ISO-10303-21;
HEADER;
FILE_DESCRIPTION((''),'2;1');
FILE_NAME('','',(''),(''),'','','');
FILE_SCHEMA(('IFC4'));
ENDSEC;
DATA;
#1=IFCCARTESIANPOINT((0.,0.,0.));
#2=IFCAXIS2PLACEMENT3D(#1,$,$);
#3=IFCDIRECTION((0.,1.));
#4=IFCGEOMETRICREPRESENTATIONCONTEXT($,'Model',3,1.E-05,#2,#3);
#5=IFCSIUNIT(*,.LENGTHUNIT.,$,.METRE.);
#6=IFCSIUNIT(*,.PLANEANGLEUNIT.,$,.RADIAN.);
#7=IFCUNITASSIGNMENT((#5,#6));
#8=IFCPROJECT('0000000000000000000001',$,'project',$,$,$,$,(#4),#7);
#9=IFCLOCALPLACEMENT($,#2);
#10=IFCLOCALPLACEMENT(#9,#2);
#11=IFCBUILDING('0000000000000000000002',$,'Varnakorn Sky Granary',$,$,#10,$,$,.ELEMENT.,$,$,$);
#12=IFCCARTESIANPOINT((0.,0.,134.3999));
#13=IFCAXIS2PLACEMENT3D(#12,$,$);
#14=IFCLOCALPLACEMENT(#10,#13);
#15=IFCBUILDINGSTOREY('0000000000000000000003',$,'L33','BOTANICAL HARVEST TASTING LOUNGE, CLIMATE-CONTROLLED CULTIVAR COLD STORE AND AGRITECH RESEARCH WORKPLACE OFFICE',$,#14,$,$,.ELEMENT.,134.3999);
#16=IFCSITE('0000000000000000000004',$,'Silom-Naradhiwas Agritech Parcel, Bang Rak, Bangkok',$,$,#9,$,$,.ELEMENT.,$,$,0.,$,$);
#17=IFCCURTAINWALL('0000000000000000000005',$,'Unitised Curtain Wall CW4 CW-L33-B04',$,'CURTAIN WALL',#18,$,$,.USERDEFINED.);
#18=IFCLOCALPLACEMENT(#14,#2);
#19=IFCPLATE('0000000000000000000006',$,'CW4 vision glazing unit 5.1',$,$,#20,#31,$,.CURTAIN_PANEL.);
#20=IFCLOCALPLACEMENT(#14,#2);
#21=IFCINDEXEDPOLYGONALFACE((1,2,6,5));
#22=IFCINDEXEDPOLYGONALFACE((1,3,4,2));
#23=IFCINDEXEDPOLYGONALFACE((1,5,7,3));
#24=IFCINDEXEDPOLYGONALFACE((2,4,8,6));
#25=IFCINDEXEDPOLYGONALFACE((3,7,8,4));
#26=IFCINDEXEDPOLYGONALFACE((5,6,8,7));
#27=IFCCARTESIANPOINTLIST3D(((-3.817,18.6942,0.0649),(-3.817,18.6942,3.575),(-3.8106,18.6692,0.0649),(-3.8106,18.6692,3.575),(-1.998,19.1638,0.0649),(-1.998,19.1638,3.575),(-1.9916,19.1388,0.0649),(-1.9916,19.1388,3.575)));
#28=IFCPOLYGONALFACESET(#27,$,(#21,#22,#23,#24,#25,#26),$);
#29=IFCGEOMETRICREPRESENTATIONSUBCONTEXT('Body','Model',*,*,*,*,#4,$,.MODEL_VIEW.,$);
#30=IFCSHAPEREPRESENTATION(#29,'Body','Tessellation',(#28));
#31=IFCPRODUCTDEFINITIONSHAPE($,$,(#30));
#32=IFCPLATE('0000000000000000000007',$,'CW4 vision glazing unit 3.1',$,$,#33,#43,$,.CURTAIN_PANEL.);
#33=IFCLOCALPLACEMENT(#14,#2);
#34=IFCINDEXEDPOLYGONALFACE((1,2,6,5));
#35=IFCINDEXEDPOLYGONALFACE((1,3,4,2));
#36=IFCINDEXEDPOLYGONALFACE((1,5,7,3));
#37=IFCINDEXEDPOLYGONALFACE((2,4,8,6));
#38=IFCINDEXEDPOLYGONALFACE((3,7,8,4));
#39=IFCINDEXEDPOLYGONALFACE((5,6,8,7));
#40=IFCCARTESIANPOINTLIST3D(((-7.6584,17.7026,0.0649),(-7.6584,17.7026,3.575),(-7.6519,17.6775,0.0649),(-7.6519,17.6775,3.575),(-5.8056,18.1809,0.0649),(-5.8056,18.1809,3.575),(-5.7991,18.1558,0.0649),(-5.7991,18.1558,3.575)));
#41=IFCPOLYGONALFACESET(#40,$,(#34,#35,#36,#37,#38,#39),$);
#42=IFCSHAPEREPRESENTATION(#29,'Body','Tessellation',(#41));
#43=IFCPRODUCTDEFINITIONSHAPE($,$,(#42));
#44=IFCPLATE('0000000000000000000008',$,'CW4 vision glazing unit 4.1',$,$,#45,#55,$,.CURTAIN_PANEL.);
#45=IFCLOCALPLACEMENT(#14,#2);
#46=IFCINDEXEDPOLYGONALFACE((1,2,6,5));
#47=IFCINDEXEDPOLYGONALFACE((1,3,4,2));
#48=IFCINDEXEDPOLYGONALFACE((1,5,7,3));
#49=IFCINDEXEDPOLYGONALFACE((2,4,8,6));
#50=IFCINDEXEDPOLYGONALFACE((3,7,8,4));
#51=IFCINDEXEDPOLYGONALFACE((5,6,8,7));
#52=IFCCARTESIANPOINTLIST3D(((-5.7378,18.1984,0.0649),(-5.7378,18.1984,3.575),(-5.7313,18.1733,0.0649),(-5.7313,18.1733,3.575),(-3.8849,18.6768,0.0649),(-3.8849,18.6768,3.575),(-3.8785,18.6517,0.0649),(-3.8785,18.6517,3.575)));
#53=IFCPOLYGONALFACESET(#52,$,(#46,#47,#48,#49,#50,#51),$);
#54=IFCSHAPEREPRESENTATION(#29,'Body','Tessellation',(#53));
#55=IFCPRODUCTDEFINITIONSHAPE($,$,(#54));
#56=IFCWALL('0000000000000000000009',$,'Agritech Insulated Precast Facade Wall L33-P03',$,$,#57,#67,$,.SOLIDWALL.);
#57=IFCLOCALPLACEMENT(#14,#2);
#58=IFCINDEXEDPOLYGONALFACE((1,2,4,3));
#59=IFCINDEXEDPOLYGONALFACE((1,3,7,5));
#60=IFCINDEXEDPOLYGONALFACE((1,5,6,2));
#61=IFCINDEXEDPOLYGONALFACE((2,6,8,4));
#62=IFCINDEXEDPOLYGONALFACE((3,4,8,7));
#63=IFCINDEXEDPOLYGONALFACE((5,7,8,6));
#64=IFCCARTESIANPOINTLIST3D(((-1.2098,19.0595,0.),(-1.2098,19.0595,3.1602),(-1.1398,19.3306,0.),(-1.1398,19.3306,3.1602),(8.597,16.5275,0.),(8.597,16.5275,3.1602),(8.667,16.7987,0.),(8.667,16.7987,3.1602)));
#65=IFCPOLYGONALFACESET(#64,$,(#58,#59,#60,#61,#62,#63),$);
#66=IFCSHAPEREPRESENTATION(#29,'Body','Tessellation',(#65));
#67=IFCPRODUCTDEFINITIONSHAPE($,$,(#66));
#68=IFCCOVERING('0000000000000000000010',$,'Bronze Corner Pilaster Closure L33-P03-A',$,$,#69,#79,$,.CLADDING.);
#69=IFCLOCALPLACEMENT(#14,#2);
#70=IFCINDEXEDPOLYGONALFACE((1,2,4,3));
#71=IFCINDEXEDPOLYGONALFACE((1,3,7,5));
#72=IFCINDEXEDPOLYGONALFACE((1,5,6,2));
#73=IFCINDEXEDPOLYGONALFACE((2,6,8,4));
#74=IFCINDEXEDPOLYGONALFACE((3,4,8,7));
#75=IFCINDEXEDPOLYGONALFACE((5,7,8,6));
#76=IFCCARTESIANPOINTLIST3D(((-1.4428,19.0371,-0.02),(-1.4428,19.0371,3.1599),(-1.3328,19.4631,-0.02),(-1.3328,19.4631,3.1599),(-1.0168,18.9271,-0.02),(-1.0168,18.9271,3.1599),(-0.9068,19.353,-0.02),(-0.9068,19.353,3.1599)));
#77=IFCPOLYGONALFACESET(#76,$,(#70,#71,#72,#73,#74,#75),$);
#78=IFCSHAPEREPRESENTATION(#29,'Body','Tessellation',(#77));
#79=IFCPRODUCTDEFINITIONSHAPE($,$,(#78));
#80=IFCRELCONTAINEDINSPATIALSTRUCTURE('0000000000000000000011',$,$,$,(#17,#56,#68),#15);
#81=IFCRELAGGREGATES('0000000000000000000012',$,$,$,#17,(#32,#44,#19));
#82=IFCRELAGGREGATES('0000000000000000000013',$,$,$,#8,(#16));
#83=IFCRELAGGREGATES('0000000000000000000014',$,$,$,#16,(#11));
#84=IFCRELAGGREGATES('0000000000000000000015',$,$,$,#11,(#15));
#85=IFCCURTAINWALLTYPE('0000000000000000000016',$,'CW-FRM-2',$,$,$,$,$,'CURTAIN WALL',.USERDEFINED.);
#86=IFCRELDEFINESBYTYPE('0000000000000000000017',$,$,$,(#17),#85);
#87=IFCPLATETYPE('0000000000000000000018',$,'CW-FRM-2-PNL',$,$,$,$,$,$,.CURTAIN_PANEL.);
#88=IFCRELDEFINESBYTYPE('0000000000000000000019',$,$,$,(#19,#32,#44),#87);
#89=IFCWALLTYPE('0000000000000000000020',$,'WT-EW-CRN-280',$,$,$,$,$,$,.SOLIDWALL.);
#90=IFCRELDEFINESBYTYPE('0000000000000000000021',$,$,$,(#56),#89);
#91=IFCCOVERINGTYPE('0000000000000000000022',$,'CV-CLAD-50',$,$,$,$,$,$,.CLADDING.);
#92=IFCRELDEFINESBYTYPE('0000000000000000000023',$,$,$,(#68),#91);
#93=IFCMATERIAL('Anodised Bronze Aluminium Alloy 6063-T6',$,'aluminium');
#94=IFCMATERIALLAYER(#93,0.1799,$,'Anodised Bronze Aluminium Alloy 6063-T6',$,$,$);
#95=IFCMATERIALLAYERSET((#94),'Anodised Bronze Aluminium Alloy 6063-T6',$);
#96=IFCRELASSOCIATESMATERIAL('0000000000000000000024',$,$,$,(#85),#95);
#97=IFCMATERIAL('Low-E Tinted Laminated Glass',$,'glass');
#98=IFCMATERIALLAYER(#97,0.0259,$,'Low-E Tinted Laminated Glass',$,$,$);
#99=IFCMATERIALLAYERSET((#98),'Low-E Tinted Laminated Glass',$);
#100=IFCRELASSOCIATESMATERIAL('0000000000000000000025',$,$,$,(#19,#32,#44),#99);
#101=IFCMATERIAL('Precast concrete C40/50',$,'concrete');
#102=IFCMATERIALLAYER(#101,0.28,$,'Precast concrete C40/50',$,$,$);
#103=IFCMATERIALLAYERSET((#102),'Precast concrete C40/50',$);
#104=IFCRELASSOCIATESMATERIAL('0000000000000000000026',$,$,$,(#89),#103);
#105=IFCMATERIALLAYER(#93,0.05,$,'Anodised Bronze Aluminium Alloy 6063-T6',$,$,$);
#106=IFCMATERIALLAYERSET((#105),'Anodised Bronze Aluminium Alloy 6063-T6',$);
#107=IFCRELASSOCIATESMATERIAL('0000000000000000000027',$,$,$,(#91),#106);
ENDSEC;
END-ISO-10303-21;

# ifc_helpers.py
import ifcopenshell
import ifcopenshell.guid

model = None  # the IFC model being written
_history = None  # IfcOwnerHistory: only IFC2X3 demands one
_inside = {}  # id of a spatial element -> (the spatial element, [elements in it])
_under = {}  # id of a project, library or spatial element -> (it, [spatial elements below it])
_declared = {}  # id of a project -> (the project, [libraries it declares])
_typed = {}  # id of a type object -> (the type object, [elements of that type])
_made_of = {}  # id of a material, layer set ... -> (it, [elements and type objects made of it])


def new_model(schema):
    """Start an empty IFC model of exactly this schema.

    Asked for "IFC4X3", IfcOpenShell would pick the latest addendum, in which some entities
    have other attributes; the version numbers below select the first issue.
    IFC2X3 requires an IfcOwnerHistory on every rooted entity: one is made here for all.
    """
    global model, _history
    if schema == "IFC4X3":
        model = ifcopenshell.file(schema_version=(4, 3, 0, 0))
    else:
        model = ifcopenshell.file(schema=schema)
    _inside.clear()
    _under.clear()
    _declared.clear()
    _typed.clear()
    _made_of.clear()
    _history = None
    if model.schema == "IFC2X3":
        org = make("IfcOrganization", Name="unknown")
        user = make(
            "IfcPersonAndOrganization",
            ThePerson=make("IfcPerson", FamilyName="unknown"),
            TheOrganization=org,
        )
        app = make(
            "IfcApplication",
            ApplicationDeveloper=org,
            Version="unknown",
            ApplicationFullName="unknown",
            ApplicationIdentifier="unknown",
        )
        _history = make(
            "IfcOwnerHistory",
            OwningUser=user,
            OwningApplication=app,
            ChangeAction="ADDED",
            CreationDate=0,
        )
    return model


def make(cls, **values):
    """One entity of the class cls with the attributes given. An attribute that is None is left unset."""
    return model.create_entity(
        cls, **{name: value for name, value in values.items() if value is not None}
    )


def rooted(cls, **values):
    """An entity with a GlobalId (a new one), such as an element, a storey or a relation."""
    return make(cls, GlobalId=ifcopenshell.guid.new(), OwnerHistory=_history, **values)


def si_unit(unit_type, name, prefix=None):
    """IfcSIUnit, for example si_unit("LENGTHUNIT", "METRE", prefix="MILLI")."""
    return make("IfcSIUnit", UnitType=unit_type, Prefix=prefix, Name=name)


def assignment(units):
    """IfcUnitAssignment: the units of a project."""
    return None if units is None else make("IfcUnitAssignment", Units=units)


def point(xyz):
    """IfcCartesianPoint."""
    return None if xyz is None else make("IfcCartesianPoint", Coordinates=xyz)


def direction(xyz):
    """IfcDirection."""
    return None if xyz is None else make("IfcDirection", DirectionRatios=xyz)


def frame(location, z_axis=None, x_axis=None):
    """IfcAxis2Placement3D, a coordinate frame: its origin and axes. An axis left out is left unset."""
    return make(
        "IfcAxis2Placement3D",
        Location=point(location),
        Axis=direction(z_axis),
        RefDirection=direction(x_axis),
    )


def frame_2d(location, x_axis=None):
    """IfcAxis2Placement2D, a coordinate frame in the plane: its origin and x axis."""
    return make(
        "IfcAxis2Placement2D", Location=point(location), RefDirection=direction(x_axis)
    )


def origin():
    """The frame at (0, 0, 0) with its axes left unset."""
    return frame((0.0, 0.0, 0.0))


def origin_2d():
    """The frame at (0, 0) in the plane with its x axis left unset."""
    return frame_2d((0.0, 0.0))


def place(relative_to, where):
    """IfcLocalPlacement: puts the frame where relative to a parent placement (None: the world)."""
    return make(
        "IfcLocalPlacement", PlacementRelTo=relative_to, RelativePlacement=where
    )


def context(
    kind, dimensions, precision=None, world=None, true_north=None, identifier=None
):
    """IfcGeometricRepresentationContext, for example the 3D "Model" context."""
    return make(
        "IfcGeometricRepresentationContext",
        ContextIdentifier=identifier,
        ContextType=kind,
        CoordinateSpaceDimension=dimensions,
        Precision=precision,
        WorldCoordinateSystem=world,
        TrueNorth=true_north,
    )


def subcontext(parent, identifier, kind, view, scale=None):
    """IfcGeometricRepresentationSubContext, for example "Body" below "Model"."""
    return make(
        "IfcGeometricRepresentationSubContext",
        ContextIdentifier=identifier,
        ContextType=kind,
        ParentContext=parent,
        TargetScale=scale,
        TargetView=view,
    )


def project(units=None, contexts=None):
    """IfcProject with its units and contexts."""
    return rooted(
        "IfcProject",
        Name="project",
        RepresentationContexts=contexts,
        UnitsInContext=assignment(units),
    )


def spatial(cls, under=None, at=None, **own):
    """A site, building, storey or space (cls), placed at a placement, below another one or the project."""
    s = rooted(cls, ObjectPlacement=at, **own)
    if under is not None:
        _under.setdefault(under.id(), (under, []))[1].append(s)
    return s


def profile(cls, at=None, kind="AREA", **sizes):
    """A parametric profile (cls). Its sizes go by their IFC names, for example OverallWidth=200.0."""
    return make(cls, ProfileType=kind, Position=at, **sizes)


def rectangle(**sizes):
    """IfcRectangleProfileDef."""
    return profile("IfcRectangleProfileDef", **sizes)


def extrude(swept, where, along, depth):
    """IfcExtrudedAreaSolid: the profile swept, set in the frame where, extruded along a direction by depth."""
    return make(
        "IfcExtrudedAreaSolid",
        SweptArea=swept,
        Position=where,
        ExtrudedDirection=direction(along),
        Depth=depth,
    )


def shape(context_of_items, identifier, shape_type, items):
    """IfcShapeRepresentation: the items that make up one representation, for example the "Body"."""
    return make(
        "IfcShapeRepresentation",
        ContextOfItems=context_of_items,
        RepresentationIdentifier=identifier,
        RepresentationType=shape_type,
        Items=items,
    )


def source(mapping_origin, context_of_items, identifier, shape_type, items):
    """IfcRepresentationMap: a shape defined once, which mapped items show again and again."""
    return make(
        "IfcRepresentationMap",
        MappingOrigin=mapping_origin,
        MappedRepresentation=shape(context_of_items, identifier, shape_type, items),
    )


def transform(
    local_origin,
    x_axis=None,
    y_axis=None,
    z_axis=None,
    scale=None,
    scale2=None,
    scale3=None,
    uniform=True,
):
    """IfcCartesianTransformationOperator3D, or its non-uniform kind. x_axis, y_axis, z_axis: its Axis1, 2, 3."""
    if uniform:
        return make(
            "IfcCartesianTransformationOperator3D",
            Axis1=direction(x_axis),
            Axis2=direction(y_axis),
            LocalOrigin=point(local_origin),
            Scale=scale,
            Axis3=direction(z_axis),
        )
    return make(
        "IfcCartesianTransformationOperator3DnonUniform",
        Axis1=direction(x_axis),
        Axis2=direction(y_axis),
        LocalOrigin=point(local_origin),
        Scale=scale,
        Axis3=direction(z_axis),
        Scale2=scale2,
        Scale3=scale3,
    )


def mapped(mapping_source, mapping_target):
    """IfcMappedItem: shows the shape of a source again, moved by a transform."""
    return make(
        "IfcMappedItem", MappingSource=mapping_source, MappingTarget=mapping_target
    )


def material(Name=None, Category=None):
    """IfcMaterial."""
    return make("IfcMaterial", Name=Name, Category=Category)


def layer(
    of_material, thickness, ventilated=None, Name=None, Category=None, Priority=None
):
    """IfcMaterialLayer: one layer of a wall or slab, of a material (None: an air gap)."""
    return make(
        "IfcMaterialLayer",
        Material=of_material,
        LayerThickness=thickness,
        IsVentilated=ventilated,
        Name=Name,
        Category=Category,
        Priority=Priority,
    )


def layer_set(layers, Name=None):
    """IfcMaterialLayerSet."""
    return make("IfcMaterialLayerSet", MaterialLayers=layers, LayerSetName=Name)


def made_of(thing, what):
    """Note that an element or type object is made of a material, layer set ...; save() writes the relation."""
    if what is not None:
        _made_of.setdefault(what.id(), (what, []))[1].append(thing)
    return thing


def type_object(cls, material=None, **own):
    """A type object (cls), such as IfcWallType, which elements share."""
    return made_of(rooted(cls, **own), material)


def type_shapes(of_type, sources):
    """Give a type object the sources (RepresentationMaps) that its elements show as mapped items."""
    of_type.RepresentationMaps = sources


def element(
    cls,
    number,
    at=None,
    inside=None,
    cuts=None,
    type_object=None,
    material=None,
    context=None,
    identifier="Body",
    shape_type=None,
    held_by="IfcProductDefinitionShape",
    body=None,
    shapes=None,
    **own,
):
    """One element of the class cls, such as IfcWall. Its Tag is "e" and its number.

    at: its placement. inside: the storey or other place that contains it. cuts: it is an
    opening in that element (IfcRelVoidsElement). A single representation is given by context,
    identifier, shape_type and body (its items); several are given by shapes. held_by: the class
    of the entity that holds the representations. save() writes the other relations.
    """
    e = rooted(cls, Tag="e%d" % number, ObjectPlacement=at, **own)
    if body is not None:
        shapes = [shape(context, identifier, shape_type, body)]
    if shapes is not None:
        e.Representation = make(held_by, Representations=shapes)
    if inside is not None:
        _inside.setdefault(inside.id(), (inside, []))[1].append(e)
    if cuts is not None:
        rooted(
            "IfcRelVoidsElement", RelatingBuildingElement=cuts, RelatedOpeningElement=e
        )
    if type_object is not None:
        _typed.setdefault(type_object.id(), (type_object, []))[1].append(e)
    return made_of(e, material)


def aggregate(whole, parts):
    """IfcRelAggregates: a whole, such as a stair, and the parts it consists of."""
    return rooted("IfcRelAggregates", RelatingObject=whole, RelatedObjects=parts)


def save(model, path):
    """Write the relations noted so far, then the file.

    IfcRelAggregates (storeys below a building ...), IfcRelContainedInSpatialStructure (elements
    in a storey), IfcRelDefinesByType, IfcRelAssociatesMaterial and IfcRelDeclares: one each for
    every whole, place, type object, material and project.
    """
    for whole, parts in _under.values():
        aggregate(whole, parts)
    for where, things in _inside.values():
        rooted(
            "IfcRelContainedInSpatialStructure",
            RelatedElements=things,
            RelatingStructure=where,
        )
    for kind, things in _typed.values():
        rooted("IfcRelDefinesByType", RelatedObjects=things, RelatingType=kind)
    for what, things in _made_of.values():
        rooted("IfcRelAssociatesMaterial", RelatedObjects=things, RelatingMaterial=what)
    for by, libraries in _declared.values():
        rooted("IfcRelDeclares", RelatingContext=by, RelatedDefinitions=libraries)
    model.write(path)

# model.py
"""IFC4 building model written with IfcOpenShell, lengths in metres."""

from ifc_helpers import new_model, si_unit, direction, frame, frame_2d, origin, origin_2d, place, context, subcontext, project, spatial, rectangle, extrude, source, transform, mapped, material, layer, layer_set, type_object, type_shapes, element, aggregate, save


model = new_model("IFC4")

# Units and contexts
model_context = context("Model", 3, precision=1e-05, world=origin(), true_north=direction((0.0, 1.0)))
body_context = subcontext(model_context, "Body", "Model", "MODEL_VIEW")
ifc_project = project(units=[si_unit("LENGTHUNIT", "METRE"), si_unit("PLANEANGLEUNIT", "RADIAN")], contexts=[model_context])

# Site, building, storey
site_placement = place(None, origin())
site = spatial("IfcSite", under=ifc_project, at=site_placement, Name="Silom-Naradhiwas Agritech Parcel, Bang Rak, Bangkok", CompositionType="ELEMENT", RefElevation=0.0)
building_placement = place(site_placement, origin())
building = spatial("IfcBuilding", under=site, at=building_placement, Name="Varnakorn Sky Granary", CompositionType="ELEMENT")
storey_placement = place(building_placement, frame((0.0, 0.0, 134.3999)))
storey = spatial("IfcBuildingStorey", under=building, at=storey_placement, Name="L33", Description="BOTANICAL HARVEST TASTING LOUNGE, CLIMATE-CONTROLLED CULTIVAR COLD STORE AND AGRITECH RESEARCH WORKPLACE OFFICE", CompositionType="ELEMENT", Elevation=134.3999)

# Curtain wall, plates
ifc_material_1 = material(Name="Anodised Bronze Aluminium Alloy 6063-T6", Category="aluminium")
ifc_layer_1 = layer(ifc_material_1, 0.1799, Name="Anodised Bronze Aluminium Alloy 6063-T6")
ifc_layer_set_1 = layer_set([ifc_layer_1], Name="Anodised Bronze Aluminium Alloy 6063-T6")
curtain_wall_type = type_object("IfcCurtainWallType", Name="CW-FRM-2", ElementType="CURTAIN WALL", PredefinedType="USERDEFINED", material=ifc_layer_set_1)
curtain_wall_placement = place(storey_placement, origin())
curtain_wall = element("IfcCurtainWall", 1, at=curtain_wall_placement, inside=storey, type_object=curtain_wall_type, Name="Unitised Curtain Wall CW4 CW-L33-B04", ObjectType="CURTAIN WALL", PredefinedType="USERDEFINED")
ifc_material_2 = material(Name="Low-E Tinted Laminated Glass", Category="glass")
ifc_layer_2 = layer(ifc_material_2, 0.0259, Name="Low-E Tinted Laminated Glass")
ifc_layer_set_2 = layer_set([ifc_layer_2], Name="Low-E Tinted Laminated Glass")
plate_type = type_object("IfcPlateType", Name="CW-FRM-2-PNL", PredefinedType="CURTAIN_PANEL")
shared_shape_1 = source(origin(), body_context, "Body", "SweptSolid", [
    extrude(rectangle(XDim=1.8787, YDim=0.0259, at=origin_2d()), origin(), (0.0, 0.0, 1.0), 3.51),
])
plate_1_placement = place(storey_placement, frame((-2.9043, 18.9165, 0.0649), z_axis=(0.0, 0.0, 1.0), x_axis=(0.968251, 0.24998, 0.0)))
plate_1 = element("IfcPlate", 2, at=plate_1_placement, type_object=plate_type, material=ifc_layer_set_2, Name="CW4 vision glazing unit 5.1", PredefinedType="CURTAIN_PANEL", context=body_context, shape_type="MappedRepresentation", body=[
    mapped(shared_shape_1, transform((0.0, 0.0, 0.0), x_axis=(1.0, 0.0, 0.0), y_axis=(0.0, 1.0, 0.0), z_axis=(0.0, 0.0, 1.0), scale=1.0)),
])
shared_shape_2 = source(origin(), body_context, "Body", "SweptSolid", [
    extrude(rectangle(XDim=1.9136, YDim=0.0259, at=origin_2d()), origin(), (0.0, 0.0, 1.0), 3.51),
])
type_shapes(plate_type, [shared_shape_1, shared_shape_2])
plate_2_placement = place(storey_placement, frame((-6.7288, 17.9292, 0.0649), z_axis=(0.0, 0.0, 1.0), x_axis=(0.968251, 0.24998, 0.0)))
plate_2 = element("IfcPlate", 3, at=plate_2_placement, type_object=plate_type, material=ifc_layer_set_2, Name="CW4 vision glazing unit 3.1", PredefinedType="CURTAIN_PANEL", context=body_context, shape_type="MappedRepresentation", body=[
    mapped(shared_shape_2, transform((0.0, 0.0, 0.0), x_axis=(1.0, 0.0, 0.0), y_axis=(0.0, 1.0, 0.0), z_axis=(0.0, 0.0, 1.0), scale=1.0)),
])
plate_3_placement = place(storey_placement, frame((-4.8081, 18.425, 0.0649), z_axis=(0.0, 0.0, 1.0), x_axis=(0.968251, 0.24998, 0.0)))
plate_3 = element("IfcPlate", 4, at=plate_3_placement, type_object=plate_type, material=ifc_layer_set_2, Name="CW4 vision glazing unit 4.1", PredefinedType="CURTAIN_PANEL", context=body_context, shape_type="MappedRepresentation", body=[
    mapped(shared_shape_2, transform((0.0, 0.0, 0.0), x_axis=(1.0, 0.0, 0.0), y_axis=(0.0, 1.0, 0.0), z_axis=(0.0, 0.0, 1.0), scale=1.0)),
])
aggregate(curtain_wall, [plate_2, plate_3, plate_1])

# Wall
ifc_material_3 = material(Name="Precast concrete C40/50", Category="concrete")
ifc_layer_3 = layer(ifc_material_3, 0.28, Name="Precast concrete C40/50")
ifc_layer_set_3 = layer_set([ifc_layer_3], Name="Precast concrete C40/50")
wall_type = type_object("IfcWallType", Name="WT-EW-CRN-280", PredefinedType="SOLIDWALL", material=ifc_layer_set_3)
wall_placement = place(storey_placement, frame((-1.1748, 19.1951, 0.0), z_axis=(0.0, 0.0, 1.0), x_axis=(0.968249, -0.249987, 0.0)))
element("IfcWall", 5, at=wall_placement, inside=storey, type_object=wall_type, Name="Agritech Insulated Precast Facade Wall L33-P03", PredefinedType="SOLIDWALL", context=body_context, shape_type="SweptSolid", body=[
    extrude(rectangle(XDim=10.1284, YDim=0.28, at=frame_2d((5.0642, 0.0))), origin(), (0.0, 0.0, 1.0), 3.1602),
])

# Covering
ifc_layer_4 = layer(ifc_material_1, 0.05, Name="Anodised Bronze Aluminium Alloy 6063-T6")
ifc_layer_set_4 = layer_set([ifc_layer_4], Name="Anodised Bronze Aluminium Alloy 6063-T6")
covering_type = type_object("IfcCoveringType", Name="CV-CLAD-50", PredefinedType="CLADDING", material=ifc_layer_set_4)
shared_shape_3 = source(origin(), body_context, "Body", "SweptSolid", [
    extrude(rectangle(XDim=0.4399, YDim=0.4399, at=origin_2d()), origin(), (0.0, 0.0, 1.0), 3.1799),
])
type_shapes(covering_type, [shared_shape_3])
covering_placement = place(storey_placement, frame((-1.1748, 19.1951, -0.02), z_axis=(0.0, 0.0, 1.0), x_axis=(0.968235, -0.250042, 0.0)))
element("IfcCovering", 6, at=covering_placement, inside=storey, type_object=covering_type, Name="Bronze Corner Pilaster Closure L33-P03-A", PredefinedType="CLADDING", context=body_context, shape_type="MappedRepresentation", body=[
    mapped(shared_shape_3, transform((0.0, 0.0, 0.0), x_axis=(1.0, 0.0, 0.0), y_axis=(0.0, 1.0, 0.0), z_axis=(0.0, 0.0, 1.0), scale=1.0)),
])

save(model, "model.ifc")
